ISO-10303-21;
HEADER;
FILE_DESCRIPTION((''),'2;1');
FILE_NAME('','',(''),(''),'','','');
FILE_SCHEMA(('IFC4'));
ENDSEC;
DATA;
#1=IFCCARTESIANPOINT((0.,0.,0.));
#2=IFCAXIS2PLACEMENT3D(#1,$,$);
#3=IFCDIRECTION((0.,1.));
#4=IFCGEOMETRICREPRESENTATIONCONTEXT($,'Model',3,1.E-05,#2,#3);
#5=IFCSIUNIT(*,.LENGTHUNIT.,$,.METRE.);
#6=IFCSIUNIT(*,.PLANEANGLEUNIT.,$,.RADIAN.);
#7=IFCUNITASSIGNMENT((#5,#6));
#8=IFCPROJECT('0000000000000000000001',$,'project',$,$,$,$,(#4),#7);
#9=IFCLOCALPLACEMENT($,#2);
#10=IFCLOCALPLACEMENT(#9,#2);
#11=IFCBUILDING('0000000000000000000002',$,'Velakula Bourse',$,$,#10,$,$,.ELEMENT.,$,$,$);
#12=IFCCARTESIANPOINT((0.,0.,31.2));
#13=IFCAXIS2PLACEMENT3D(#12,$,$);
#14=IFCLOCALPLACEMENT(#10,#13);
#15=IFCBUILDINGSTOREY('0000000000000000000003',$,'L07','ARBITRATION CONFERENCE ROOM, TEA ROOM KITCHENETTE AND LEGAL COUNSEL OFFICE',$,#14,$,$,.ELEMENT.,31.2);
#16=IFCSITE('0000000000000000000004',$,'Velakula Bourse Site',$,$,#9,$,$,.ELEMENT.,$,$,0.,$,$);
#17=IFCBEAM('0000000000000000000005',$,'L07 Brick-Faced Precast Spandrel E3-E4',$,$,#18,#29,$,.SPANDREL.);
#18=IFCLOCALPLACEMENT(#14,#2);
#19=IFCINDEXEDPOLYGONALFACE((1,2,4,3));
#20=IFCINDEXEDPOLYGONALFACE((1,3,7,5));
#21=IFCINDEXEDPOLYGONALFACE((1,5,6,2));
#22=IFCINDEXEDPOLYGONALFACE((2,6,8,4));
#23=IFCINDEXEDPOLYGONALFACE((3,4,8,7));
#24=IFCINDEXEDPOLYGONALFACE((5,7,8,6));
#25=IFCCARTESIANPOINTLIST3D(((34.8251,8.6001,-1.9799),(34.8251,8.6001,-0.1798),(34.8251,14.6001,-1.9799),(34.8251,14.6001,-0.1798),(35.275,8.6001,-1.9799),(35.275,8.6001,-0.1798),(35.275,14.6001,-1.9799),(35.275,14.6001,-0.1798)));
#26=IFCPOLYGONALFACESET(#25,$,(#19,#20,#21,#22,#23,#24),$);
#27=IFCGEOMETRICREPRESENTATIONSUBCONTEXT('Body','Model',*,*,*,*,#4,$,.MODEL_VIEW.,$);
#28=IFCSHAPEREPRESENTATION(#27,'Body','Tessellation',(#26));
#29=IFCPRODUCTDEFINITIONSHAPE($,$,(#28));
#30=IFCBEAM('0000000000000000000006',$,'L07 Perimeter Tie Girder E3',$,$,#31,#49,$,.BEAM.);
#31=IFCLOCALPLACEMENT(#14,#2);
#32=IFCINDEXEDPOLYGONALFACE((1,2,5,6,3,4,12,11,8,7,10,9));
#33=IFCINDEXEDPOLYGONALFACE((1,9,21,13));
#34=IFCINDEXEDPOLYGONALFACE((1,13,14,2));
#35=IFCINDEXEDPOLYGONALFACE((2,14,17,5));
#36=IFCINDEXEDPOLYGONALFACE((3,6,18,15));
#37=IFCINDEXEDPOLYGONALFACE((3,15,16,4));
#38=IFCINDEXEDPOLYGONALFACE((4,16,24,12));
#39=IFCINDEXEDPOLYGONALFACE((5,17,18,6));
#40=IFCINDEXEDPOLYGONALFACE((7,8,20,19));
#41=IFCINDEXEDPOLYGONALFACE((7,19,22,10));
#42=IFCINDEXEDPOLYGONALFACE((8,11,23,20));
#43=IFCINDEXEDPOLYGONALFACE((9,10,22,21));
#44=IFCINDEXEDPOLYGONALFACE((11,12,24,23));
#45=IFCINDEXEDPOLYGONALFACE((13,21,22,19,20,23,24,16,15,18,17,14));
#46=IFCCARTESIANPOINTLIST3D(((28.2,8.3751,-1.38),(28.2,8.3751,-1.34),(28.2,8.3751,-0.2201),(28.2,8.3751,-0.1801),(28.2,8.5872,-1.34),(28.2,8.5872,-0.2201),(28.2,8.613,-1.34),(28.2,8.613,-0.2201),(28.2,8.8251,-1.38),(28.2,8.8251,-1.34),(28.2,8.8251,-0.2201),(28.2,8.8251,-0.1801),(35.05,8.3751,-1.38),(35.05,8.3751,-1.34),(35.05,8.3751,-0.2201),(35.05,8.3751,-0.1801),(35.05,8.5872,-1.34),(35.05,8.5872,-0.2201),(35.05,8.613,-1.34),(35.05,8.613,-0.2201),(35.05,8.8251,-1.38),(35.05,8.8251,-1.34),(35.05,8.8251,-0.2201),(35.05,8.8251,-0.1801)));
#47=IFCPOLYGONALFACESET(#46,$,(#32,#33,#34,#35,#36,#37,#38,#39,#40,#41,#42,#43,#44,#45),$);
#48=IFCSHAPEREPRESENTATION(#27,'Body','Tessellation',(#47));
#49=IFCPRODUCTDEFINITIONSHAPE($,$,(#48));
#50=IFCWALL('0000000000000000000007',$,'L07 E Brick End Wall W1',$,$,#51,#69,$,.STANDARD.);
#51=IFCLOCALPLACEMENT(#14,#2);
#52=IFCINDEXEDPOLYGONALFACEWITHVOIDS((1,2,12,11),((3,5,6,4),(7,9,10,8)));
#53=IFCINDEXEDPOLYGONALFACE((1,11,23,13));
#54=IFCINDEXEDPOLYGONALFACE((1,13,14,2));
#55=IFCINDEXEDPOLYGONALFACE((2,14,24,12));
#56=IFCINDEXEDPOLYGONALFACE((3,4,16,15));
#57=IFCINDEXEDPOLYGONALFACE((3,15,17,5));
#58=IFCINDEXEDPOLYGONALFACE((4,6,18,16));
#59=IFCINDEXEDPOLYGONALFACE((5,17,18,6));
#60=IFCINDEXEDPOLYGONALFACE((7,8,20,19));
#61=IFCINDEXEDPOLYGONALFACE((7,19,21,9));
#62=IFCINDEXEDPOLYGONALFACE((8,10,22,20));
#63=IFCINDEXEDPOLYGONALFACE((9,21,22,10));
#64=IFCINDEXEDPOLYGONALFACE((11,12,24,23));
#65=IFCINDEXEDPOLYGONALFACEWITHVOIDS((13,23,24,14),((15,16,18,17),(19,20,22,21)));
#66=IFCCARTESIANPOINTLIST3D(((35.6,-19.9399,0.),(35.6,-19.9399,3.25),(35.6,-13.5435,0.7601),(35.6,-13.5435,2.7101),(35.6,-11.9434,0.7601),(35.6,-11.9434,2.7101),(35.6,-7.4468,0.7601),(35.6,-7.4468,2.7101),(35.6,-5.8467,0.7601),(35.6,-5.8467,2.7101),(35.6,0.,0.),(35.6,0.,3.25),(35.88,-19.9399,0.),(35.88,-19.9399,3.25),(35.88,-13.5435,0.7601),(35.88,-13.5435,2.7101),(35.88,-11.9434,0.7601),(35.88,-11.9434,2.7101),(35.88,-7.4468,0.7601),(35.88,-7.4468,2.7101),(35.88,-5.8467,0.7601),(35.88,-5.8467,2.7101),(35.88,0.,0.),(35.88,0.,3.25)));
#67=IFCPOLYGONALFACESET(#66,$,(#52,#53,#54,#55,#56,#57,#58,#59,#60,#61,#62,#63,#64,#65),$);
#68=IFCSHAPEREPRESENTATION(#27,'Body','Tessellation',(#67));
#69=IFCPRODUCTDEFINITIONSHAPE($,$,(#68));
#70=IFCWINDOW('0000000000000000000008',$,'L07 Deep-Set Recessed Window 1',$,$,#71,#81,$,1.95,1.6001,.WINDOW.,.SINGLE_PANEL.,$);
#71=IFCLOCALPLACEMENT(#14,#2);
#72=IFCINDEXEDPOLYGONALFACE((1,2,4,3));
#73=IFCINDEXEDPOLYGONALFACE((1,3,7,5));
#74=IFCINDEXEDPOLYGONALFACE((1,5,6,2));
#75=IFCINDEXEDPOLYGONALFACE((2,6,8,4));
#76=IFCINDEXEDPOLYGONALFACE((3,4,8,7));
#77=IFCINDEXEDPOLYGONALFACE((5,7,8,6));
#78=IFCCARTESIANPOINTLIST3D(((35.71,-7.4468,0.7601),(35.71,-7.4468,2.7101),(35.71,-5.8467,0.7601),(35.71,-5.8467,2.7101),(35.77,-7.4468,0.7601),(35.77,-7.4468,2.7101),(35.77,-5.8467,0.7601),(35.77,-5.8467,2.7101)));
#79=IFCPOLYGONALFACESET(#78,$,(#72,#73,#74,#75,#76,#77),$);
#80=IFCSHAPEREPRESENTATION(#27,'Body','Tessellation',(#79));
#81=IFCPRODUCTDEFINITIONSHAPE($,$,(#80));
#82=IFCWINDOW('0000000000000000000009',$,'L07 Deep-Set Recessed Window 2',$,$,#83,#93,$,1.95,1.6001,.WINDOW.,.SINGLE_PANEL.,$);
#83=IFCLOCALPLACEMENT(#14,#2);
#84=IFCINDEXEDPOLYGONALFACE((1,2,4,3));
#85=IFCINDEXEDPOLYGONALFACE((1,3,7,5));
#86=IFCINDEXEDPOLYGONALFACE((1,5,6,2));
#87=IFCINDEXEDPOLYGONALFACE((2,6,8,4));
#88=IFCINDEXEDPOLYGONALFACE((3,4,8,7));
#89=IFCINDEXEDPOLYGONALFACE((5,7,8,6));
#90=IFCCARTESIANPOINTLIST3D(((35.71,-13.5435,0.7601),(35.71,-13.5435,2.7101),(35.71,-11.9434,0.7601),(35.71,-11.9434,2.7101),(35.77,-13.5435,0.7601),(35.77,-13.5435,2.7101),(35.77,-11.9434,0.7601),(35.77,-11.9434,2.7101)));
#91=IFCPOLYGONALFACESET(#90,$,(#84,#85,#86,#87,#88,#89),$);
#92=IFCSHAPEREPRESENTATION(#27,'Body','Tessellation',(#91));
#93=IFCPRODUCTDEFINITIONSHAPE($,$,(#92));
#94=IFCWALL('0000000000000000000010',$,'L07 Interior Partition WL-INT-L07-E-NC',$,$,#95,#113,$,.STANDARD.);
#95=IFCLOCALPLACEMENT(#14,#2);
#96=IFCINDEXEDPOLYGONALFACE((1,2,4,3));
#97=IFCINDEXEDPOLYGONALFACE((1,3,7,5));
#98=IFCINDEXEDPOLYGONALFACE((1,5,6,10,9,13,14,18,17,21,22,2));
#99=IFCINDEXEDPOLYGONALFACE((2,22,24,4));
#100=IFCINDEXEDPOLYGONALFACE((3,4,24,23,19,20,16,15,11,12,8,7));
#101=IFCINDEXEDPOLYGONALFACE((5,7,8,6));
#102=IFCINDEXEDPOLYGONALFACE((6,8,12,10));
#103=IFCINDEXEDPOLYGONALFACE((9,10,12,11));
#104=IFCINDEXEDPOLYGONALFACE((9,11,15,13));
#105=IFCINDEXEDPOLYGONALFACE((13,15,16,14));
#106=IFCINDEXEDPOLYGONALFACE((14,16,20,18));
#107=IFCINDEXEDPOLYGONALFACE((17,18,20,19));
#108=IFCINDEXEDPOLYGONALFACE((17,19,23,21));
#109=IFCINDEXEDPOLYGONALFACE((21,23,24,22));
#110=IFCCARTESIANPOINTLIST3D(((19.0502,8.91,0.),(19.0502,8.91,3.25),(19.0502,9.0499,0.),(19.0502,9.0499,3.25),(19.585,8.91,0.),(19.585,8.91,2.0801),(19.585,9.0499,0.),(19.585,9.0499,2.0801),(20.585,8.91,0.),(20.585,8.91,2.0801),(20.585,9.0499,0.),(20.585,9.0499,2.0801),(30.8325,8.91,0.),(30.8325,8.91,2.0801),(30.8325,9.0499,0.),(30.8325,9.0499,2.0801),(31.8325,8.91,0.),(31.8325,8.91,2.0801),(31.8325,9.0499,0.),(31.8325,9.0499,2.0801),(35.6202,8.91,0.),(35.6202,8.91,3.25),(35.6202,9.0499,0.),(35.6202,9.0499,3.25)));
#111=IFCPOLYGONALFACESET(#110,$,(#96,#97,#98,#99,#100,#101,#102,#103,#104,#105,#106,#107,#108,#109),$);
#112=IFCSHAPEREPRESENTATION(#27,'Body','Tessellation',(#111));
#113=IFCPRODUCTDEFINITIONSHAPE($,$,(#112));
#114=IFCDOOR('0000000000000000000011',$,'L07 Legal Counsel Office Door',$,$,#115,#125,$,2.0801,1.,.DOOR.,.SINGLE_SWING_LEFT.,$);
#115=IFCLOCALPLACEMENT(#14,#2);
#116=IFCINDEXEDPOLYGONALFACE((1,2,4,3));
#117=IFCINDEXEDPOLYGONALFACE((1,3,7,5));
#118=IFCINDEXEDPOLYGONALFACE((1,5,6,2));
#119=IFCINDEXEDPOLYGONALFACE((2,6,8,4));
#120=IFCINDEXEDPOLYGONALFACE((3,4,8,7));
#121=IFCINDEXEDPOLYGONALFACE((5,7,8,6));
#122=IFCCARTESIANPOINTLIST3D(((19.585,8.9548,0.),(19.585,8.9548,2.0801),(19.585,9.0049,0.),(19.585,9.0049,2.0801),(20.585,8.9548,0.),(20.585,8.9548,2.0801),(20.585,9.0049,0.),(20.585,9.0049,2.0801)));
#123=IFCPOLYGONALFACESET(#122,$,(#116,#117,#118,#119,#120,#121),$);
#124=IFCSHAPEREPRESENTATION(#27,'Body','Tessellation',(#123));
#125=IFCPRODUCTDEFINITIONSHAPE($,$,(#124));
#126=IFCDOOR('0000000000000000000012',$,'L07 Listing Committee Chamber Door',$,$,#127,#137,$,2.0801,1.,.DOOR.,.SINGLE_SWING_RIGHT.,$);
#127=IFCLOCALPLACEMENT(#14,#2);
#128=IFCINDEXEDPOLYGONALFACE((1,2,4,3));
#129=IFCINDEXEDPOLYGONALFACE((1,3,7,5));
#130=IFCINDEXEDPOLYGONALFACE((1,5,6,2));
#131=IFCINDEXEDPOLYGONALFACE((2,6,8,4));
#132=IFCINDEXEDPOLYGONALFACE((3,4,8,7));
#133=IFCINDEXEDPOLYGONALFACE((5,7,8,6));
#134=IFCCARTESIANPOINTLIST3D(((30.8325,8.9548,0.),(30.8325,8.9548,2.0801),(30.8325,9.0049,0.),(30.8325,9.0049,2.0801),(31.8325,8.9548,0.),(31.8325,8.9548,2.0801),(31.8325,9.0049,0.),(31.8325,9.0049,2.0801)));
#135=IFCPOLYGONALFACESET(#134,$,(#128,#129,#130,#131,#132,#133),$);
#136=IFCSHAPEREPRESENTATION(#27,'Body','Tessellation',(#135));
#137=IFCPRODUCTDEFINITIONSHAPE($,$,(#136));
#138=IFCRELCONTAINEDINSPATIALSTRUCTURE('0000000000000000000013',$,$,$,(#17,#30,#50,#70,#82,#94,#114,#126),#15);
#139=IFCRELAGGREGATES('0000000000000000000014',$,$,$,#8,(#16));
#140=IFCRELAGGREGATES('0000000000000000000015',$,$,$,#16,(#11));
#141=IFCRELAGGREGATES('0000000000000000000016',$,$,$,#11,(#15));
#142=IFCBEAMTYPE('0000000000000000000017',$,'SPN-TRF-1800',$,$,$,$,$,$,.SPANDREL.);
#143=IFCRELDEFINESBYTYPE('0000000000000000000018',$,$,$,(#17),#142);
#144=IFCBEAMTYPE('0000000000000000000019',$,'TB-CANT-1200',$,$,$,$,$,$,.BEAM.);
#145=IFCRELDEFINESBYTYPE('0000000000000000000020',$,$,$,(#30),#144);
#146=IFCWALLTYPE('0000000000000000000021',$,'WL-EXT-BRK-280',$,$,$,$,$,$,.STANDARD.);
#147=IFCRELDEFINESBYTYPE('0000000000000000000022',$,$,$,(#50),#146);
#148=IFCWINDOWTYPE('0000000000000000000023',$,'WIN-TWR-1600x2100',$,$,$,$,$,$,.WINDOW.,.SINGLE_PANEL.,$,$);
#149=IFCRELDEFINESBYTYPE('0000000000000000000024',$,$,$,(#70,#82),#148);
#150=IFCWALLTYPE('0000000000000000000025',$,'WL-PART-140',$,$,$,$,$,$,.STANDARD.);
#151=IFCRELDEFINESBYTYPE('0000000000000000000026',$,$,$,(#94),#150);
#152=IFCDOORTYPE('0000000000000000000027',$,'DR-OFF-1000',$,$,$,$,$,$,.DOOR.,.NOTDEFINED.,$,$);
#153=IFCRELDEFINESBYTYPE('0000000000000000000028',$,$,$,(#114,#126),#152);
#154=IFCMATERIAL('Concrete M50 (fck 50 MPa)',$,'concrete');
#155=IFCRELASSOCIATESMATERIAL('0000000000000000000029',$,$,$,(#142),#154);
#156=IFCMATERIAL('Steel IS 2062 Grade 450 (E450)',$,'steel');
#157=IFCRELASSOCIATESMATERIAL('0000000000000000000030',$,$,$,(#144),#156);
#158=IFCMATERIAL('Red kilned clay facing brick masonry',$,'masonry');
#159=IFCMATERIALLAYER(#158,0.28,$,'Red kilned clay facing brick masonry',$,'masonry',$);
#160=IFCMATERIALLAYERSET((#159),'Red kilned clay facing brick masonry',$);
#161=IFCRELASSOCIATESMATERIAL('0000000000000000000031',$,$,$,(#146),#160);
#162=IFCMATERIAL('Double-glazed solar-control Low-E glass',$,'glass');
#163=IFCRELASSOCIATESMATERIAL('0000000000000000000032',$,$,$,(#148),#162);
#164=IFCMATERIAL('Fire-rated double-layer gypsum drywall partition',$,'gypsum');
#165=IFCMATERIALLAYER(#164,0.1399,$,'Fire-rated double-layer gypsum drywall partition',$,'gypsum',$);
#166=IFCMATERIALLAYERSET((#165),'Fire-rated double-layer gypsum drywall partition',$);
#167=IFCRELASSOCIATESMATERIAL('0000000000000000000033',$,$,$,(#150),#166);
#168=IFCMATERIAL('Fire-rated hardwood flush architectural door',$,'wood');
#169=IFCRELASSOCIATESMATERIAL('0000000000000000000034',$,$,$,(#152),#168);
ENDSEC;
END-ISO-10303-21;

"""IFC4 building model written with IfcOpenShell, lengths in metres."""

from ifc_helpers import new_model, si_unit, direction, frame, frame_2d, origin, origin_2d, place, context, subcontext, project, spatial, rectangle, i_section, extrude, material, layer, layer_set, material_profile, profile_set, type_object, element, fill, save


model = new_model("IFC4")

# Units and contexts
model_context = context("Model", 3, precision=1e-05, world=origin(), true_north=direction((0.0, 1.0)))
body_context = subcontext(model_context, "Body", "Model", "MODEL_VIEW")
ifc_project = project(units=[si_unit("LENGTHUNIT", "METRE"), si_unit("PLANEANGLEUNIT", "RADIAN")], contexts=[model_context])

# Site, building, storey
site_placement = place(None, origin())
site = spatial("IfcSite", under=ifc_project, at=site_placement, Name="Velakula Bourse Site", CompositionType="ELEMENT", RefElevation=0.0)
building_placement = place(site_placement, origin())
building = spatial("IfcBuilding", under=site, at=building_placement, Name="Velakula Bourse", CompositionType="ELEMENT")
storey_placement = place(building_placement, frame((0.0, 0.0, 31.2)))
storey = spatial("IfcBuildingStorey", under=building, at=storey_placement, Name="L07", Description="ARBITRATION CONFERENCE ROOM, TEA ROOM KITCHENETTE AND LEGAL COUNSEL OFFICE", CompositionType="ELEMENT", Elevation=31.2)

# Shared definitions
ifc_material_1 = material(Name="Steel IS 2062 Grade 450 (E450)", Category="steel")

# Beams
ifc_material_2 = material(Name="Concrete M50 (fck 50 MPa)", Category="concrete")
ifc_material_profile_1 = material_profile(ifc_material_2, rectangle(XDim=0.45, YDim=1.8, at=origin_2d()), Name="Concrete M50 (fck 50 MPa)")
ifc_profile_set_1 = profile_set([ifc_material_profile_1], Name="Concrete M50 (fck 50 MPa)")
beam_type_1 = type_object("IfcBeamType", Name="SPN-TRF-1800", PredefinedType="SPANDREL", material=ifc_profile_set_1)
beam_1_placement = place(storey_placement, frame((35.05, 8.6001, -1.0798), z_axis=(0.0, 1.0, 0.0), x_axis=(-1.0, 0.0, 0.0)))
element("IfcBeam", 1, at=beam_1_placement, inside=storey, type_object=beam_type_1, Name="L07 Brick-Faced Precast Spandrel E3-E4", PredefinedType="SPANDREL", context=body_context, shape_type="SweptSolid", body=[
    extrude(rectangle(XDim=0.45, YDim=1.8, at=origin_2d()), origin(), (0.0, 0.0, 1.0), 6.0),
])
ifc_material_profile_2 = material_profile(ifc_material_1, i_section(OverallWidth=0.45, OverallDepth=1.2, WebThickness=0.0259, FlangeThickness=0.04, at=origin_2d()), Name="Steel IS 2062 Grade 450 (E450)")
ifc_profile_set_2 = profile_set([ifc_material_profile_2], Name="Steel IS 2062 Grade 450 (E450)")
beam_type_2 = type_object("IfcBeamType", Name="TB-CANT-1200", PredefinedType="BEAM", material=ifc_profile_set_2)
beam_2_placement = place(storey_placement, frame((28.2, 8.6001, -0.78), z_axis=(1.0, 0.0, 0.0), x_axis=(0.0, 1.0, 0.0)))
element("IfcBeam", 2, at=beam_2_placement, inside=storey, type_object=beam_type_2, Name="L07 Perimeter Tie Girder E3", PredefinedType="BEAM", context=body_context, shape_type="SweptSolid", body=[
    extrude(i_section(OverallWidth=0.45, OverallDepth=1.2, WebThickness=0.0259, FlangeThickness=0.04, at=origin_2d()), origin(), (0.0, 0.0, 1.0), 6.8501),
])

# Wall, openings, windows
ifc_material_3 = material(Name="Red kilned clay facing brick masonry", Category="masonry")
ifc_layer_1 = layer(ifc_material_3, 0.28, Name="Red kilned clay facing brick masonry", Category="masonry")
ifc_layer_set_1 = layer_set([ifc_layer_1], Name="Red kilned clay facing brick masonry")
wall_type_1 = type_object("IfcWallType", Name="WL-EXT-BRK-280", PredefinedType="STANDARD", material=ifc_layer_set_1)
wall_1_placement = place(storey_placement, frame((35.74, 0.0, 0.0), z_axis=(0.0, 0.0, 1.0), x_axis=(0.0, -1.0, 0.0)))
wall_1 = element("IfcWall", 3, at=wall_1_placement, inside=storey, type_object=wall_type_1, Name="L07 E Brick End Wall W1", PredefinedType="STANDARD", context=body_context, shape_type="SweptSolid", body=[
    extrude(rectangle(XDim=19.9399, YDim=0.28, at=frame_2d((9.97, 0.0))), origin(), (0.0, 0.0, 1.0), 3.25),
])
opening_1_placement = place(wall_1_placement, frame((5.8467, 0.0, 0.76)))
opening_1 = element("IfcOpeningElement", 4, at=opening_1_placement, cuts=wall_1, PredefinedType="OPENING", context=body_context, shape_type="SweptSolid", body=[
    extrude(rectangle(XDim=1.6001, YDim=1.95, at=frame_2d((0.8, 0.9751))), frame((0.0, 0.1499, 0.0), z_axis=(0.0, -1.0, 0.0), x_axis=(1.0, 0.0, 0.0)), (0.0, 0.0, 1.0), 0.3),
])
opening_2_placement = place(wall_1_placement, frame((11.9434, 0.0, 0.76)))
opening_2 = element("IfcOpeningElement", 5, at=opening_2_placement, cuts=wall_1, PredefinedType="OPENING", context=body_context, shape_type="SweptSolid", body=[
    extrude(rectangle(XDim=1.6001, YDim=1.95, at=frame_2d((0.8, 0.9751))), frame((0.0, 0.1499, 0.0), z_axis=(0.0, -1.0, 0.0), x_axis=(1.0, 0.0, 0.0)), (0.0, 0.0, 1.0), 0.3),
])
ifc_material_4 = material(Name="Double-glazed solar-control Low-E glass", Category="glass")
window_type = type_object("IfcWindowType", Name="WIN-TWR-1600x2100", PartitioningType="SINGLE_PANEL", PredefinedType="WINDOW", material=ifc_material_4)
window_1_placement = place(opening_1_placement, origin())
window_1 = element("IfcWindow", 6, at=window_1_placement, inside=storey, type_object=window_type, Name="L07 Deep-Set Recessed Window 1", OverallHeight=1.95, OverallWidth=1.6001, PartitioningType="SINGLE_PANEL", PredefinedType="WINDOW", context=body_context, shape_type="SweptSolid", body=[
    extrude(rectangle(XDim=1.6001, YDim=1.95, at=frame_2d((0.8, 0.9751))), frame((0.0, 0.03, 0.0), z_axis=(0.0, -1.0, 0.0), x_axis=(1.0, 0.0, 0.0)), (0.0, 0.0, 1.0), 0.0601),
])
fill(opening_1, window_1)
window_2_placement = place(opening_2_placement, origin())
window_2 = element("IfcWindow", 7, at=window_2_placement, inside=storey, type_object=window_type, Name="L07 Deep-Set Recessed Window 2", OverallHeight=1.95, OverallWidth=1.6001, PartitioningType="SINGLE_PANEL", PredefinedType="WINDOW", context=body_context, shape_type="SweptSolid", body=[
    extrude(rectangle(XDim=1.6001, YDim=1.95, at=frame_2d((0.8, 0.9751))), frame((0.0, 0.03, 0.0), z_axis=(0.0, -1.0, 0.0), x_axis=(1.0, 0.0, 0.0)), (0.0, 0.0, 1.0), 0.0601),
])
fill(opening_2, window_2)

# Wall, openings, doors
ifc_material_5 = material(Name="Fire-rated double-layer gypsum drywall partition", Category="gypsum")
ifc_layer_2 = layer(ifc_material_5, 0.1399, Name="Fire-rated double-layer gypsum drywall partition", Category="gypsum")
ifc_layer_set_2 = layer_set([ifc_layer_2], Name="Fire-rated double-layer gypsum drywall partition")
wall_type_2 = type_object("IfcWallType", Name="WL-PART-140", PredefinedType="STANDARD", material=ifc_layer_set_2)
wall_2_placement = place(storey_placement, frame((19.05, 8.98, 0.0), z_axis=(0.0, 0.0, 1.0), x_axis=(1.0, 0.0, 0.0)))
wall_2 = element("IfcWall", 8, at=wall_2_placement, inside=storey, type_object=wall_type_2, Name="L07 Interior Partition WL-INT-L07-E-NC", PredefinedType="STANDARD", context=body_context, shape_type="SweptSolid", body=[
    extrude(rectangle(XDim=16.5701, YDim=0.1399, at=frame_2d((8.2852, 0.0))), origin(), (0.0, 0.0, 1.0), 3.25),
])
opening_3_placement = place(wall_2_placement, frame((0.5349, 0.0, 0.0)))
opening_3 = element("IfcOpeningElement", 9, at=opening_3_placement, cuts=wall_2, PredefinedType="OPENING", context=body_context, shape_type="SweptSolid", body=[
    extrude(rectangle(XDim=1.0, YDim=2.0801, at=frame_2d((0.5, 1.04))), frame((0.0, 0.0798, 0.0), z_axis=(0.0, -1.0, 0.0), x_axis=(1.0, 0.0, 0.0)), (0.0, 0.0, 1.0), 0.1599),
])
opening_4_placement = place(wall_2_placement, frame((11.7825, 0.0, 0.0)))
opening_4 = element("IfcOpeningElement", 10, at=opening_4_placement, cuts=wall_2, PredefinedType="OPENING", context=body_context, shape_type="SweptSolid", body=[
    extrude(rectangle(XDim=1.0, YDim=2.0801, at=frame_2d((0.5, 1.04))), frame((0.0, 0.0798, 0.0), z_axis=(0.0, -1.0, 0.0), x_axis=(1.0, 0.0, 0.0)), (0.0, 0.0, 1.0), 0.1599),
])
ifc_material_6 = material(Name="Fire-rated hardwood flush architectural door", Category="wood")
door_type = type_object("IfcDoorType", Name="DR-OFF-1000", OperationType="NOTDEFINED", PredefinedType="DOOR", material=ifc_material_6)
door_1_placement = place(opening_3_placement, origin())
door_1 = element("IfcDoor", 11, at=door_1_placement, inside=storey, type_object=door_type, Name="L07 Legal Counsel Office Door", OperationType="SINGLE_SWING_LEFT", OverallHeight=2.0801, OverallWidth=1.0, PredefinedType="DOOR", context=body_context, shape_type="SweptSolid", body=[
    extrude(rectangle(XDim=1.0, YDim=2.0801, at=frame_2d((0.5, 1.04))), frame((0.0, 0.0249, 0.0), z_axis=(0.0, -1.0, 0.0), x_axis=(1.0, 0.0, 0.0)), (0.0, 0.0, 1.0), 0.05),
])
fill(opening_3, door_1)
door_2_placement = place(opening_4_placement, origin())
door_2 = element("IfcDoor", 12, at=door_2_placement, inside=storey, type_object=door_type, Name="L07 Listing Committee Chamber Door", OperationType="SINGLE_SWING_RIGHT", OverallHeight=2.0801, OverallWidth=1.0, PredefinedType="DOOR", context=body_context, shape_type="SweptSolid", body=[
    extrude(rectangle(XDim=1.0, YDim=2.0801, at=frame_2d((0.5, 1.04))), frame((0.0, 0.0249, 0.0), z_axis=(0.0, -1.0, 0.0), x_axis=(1.0, 0.0, 0.0)), (0.0, 0.0, 1.0), 0.05),
])
fill(opening_4, door_2)

save(model, "model.ifc")
